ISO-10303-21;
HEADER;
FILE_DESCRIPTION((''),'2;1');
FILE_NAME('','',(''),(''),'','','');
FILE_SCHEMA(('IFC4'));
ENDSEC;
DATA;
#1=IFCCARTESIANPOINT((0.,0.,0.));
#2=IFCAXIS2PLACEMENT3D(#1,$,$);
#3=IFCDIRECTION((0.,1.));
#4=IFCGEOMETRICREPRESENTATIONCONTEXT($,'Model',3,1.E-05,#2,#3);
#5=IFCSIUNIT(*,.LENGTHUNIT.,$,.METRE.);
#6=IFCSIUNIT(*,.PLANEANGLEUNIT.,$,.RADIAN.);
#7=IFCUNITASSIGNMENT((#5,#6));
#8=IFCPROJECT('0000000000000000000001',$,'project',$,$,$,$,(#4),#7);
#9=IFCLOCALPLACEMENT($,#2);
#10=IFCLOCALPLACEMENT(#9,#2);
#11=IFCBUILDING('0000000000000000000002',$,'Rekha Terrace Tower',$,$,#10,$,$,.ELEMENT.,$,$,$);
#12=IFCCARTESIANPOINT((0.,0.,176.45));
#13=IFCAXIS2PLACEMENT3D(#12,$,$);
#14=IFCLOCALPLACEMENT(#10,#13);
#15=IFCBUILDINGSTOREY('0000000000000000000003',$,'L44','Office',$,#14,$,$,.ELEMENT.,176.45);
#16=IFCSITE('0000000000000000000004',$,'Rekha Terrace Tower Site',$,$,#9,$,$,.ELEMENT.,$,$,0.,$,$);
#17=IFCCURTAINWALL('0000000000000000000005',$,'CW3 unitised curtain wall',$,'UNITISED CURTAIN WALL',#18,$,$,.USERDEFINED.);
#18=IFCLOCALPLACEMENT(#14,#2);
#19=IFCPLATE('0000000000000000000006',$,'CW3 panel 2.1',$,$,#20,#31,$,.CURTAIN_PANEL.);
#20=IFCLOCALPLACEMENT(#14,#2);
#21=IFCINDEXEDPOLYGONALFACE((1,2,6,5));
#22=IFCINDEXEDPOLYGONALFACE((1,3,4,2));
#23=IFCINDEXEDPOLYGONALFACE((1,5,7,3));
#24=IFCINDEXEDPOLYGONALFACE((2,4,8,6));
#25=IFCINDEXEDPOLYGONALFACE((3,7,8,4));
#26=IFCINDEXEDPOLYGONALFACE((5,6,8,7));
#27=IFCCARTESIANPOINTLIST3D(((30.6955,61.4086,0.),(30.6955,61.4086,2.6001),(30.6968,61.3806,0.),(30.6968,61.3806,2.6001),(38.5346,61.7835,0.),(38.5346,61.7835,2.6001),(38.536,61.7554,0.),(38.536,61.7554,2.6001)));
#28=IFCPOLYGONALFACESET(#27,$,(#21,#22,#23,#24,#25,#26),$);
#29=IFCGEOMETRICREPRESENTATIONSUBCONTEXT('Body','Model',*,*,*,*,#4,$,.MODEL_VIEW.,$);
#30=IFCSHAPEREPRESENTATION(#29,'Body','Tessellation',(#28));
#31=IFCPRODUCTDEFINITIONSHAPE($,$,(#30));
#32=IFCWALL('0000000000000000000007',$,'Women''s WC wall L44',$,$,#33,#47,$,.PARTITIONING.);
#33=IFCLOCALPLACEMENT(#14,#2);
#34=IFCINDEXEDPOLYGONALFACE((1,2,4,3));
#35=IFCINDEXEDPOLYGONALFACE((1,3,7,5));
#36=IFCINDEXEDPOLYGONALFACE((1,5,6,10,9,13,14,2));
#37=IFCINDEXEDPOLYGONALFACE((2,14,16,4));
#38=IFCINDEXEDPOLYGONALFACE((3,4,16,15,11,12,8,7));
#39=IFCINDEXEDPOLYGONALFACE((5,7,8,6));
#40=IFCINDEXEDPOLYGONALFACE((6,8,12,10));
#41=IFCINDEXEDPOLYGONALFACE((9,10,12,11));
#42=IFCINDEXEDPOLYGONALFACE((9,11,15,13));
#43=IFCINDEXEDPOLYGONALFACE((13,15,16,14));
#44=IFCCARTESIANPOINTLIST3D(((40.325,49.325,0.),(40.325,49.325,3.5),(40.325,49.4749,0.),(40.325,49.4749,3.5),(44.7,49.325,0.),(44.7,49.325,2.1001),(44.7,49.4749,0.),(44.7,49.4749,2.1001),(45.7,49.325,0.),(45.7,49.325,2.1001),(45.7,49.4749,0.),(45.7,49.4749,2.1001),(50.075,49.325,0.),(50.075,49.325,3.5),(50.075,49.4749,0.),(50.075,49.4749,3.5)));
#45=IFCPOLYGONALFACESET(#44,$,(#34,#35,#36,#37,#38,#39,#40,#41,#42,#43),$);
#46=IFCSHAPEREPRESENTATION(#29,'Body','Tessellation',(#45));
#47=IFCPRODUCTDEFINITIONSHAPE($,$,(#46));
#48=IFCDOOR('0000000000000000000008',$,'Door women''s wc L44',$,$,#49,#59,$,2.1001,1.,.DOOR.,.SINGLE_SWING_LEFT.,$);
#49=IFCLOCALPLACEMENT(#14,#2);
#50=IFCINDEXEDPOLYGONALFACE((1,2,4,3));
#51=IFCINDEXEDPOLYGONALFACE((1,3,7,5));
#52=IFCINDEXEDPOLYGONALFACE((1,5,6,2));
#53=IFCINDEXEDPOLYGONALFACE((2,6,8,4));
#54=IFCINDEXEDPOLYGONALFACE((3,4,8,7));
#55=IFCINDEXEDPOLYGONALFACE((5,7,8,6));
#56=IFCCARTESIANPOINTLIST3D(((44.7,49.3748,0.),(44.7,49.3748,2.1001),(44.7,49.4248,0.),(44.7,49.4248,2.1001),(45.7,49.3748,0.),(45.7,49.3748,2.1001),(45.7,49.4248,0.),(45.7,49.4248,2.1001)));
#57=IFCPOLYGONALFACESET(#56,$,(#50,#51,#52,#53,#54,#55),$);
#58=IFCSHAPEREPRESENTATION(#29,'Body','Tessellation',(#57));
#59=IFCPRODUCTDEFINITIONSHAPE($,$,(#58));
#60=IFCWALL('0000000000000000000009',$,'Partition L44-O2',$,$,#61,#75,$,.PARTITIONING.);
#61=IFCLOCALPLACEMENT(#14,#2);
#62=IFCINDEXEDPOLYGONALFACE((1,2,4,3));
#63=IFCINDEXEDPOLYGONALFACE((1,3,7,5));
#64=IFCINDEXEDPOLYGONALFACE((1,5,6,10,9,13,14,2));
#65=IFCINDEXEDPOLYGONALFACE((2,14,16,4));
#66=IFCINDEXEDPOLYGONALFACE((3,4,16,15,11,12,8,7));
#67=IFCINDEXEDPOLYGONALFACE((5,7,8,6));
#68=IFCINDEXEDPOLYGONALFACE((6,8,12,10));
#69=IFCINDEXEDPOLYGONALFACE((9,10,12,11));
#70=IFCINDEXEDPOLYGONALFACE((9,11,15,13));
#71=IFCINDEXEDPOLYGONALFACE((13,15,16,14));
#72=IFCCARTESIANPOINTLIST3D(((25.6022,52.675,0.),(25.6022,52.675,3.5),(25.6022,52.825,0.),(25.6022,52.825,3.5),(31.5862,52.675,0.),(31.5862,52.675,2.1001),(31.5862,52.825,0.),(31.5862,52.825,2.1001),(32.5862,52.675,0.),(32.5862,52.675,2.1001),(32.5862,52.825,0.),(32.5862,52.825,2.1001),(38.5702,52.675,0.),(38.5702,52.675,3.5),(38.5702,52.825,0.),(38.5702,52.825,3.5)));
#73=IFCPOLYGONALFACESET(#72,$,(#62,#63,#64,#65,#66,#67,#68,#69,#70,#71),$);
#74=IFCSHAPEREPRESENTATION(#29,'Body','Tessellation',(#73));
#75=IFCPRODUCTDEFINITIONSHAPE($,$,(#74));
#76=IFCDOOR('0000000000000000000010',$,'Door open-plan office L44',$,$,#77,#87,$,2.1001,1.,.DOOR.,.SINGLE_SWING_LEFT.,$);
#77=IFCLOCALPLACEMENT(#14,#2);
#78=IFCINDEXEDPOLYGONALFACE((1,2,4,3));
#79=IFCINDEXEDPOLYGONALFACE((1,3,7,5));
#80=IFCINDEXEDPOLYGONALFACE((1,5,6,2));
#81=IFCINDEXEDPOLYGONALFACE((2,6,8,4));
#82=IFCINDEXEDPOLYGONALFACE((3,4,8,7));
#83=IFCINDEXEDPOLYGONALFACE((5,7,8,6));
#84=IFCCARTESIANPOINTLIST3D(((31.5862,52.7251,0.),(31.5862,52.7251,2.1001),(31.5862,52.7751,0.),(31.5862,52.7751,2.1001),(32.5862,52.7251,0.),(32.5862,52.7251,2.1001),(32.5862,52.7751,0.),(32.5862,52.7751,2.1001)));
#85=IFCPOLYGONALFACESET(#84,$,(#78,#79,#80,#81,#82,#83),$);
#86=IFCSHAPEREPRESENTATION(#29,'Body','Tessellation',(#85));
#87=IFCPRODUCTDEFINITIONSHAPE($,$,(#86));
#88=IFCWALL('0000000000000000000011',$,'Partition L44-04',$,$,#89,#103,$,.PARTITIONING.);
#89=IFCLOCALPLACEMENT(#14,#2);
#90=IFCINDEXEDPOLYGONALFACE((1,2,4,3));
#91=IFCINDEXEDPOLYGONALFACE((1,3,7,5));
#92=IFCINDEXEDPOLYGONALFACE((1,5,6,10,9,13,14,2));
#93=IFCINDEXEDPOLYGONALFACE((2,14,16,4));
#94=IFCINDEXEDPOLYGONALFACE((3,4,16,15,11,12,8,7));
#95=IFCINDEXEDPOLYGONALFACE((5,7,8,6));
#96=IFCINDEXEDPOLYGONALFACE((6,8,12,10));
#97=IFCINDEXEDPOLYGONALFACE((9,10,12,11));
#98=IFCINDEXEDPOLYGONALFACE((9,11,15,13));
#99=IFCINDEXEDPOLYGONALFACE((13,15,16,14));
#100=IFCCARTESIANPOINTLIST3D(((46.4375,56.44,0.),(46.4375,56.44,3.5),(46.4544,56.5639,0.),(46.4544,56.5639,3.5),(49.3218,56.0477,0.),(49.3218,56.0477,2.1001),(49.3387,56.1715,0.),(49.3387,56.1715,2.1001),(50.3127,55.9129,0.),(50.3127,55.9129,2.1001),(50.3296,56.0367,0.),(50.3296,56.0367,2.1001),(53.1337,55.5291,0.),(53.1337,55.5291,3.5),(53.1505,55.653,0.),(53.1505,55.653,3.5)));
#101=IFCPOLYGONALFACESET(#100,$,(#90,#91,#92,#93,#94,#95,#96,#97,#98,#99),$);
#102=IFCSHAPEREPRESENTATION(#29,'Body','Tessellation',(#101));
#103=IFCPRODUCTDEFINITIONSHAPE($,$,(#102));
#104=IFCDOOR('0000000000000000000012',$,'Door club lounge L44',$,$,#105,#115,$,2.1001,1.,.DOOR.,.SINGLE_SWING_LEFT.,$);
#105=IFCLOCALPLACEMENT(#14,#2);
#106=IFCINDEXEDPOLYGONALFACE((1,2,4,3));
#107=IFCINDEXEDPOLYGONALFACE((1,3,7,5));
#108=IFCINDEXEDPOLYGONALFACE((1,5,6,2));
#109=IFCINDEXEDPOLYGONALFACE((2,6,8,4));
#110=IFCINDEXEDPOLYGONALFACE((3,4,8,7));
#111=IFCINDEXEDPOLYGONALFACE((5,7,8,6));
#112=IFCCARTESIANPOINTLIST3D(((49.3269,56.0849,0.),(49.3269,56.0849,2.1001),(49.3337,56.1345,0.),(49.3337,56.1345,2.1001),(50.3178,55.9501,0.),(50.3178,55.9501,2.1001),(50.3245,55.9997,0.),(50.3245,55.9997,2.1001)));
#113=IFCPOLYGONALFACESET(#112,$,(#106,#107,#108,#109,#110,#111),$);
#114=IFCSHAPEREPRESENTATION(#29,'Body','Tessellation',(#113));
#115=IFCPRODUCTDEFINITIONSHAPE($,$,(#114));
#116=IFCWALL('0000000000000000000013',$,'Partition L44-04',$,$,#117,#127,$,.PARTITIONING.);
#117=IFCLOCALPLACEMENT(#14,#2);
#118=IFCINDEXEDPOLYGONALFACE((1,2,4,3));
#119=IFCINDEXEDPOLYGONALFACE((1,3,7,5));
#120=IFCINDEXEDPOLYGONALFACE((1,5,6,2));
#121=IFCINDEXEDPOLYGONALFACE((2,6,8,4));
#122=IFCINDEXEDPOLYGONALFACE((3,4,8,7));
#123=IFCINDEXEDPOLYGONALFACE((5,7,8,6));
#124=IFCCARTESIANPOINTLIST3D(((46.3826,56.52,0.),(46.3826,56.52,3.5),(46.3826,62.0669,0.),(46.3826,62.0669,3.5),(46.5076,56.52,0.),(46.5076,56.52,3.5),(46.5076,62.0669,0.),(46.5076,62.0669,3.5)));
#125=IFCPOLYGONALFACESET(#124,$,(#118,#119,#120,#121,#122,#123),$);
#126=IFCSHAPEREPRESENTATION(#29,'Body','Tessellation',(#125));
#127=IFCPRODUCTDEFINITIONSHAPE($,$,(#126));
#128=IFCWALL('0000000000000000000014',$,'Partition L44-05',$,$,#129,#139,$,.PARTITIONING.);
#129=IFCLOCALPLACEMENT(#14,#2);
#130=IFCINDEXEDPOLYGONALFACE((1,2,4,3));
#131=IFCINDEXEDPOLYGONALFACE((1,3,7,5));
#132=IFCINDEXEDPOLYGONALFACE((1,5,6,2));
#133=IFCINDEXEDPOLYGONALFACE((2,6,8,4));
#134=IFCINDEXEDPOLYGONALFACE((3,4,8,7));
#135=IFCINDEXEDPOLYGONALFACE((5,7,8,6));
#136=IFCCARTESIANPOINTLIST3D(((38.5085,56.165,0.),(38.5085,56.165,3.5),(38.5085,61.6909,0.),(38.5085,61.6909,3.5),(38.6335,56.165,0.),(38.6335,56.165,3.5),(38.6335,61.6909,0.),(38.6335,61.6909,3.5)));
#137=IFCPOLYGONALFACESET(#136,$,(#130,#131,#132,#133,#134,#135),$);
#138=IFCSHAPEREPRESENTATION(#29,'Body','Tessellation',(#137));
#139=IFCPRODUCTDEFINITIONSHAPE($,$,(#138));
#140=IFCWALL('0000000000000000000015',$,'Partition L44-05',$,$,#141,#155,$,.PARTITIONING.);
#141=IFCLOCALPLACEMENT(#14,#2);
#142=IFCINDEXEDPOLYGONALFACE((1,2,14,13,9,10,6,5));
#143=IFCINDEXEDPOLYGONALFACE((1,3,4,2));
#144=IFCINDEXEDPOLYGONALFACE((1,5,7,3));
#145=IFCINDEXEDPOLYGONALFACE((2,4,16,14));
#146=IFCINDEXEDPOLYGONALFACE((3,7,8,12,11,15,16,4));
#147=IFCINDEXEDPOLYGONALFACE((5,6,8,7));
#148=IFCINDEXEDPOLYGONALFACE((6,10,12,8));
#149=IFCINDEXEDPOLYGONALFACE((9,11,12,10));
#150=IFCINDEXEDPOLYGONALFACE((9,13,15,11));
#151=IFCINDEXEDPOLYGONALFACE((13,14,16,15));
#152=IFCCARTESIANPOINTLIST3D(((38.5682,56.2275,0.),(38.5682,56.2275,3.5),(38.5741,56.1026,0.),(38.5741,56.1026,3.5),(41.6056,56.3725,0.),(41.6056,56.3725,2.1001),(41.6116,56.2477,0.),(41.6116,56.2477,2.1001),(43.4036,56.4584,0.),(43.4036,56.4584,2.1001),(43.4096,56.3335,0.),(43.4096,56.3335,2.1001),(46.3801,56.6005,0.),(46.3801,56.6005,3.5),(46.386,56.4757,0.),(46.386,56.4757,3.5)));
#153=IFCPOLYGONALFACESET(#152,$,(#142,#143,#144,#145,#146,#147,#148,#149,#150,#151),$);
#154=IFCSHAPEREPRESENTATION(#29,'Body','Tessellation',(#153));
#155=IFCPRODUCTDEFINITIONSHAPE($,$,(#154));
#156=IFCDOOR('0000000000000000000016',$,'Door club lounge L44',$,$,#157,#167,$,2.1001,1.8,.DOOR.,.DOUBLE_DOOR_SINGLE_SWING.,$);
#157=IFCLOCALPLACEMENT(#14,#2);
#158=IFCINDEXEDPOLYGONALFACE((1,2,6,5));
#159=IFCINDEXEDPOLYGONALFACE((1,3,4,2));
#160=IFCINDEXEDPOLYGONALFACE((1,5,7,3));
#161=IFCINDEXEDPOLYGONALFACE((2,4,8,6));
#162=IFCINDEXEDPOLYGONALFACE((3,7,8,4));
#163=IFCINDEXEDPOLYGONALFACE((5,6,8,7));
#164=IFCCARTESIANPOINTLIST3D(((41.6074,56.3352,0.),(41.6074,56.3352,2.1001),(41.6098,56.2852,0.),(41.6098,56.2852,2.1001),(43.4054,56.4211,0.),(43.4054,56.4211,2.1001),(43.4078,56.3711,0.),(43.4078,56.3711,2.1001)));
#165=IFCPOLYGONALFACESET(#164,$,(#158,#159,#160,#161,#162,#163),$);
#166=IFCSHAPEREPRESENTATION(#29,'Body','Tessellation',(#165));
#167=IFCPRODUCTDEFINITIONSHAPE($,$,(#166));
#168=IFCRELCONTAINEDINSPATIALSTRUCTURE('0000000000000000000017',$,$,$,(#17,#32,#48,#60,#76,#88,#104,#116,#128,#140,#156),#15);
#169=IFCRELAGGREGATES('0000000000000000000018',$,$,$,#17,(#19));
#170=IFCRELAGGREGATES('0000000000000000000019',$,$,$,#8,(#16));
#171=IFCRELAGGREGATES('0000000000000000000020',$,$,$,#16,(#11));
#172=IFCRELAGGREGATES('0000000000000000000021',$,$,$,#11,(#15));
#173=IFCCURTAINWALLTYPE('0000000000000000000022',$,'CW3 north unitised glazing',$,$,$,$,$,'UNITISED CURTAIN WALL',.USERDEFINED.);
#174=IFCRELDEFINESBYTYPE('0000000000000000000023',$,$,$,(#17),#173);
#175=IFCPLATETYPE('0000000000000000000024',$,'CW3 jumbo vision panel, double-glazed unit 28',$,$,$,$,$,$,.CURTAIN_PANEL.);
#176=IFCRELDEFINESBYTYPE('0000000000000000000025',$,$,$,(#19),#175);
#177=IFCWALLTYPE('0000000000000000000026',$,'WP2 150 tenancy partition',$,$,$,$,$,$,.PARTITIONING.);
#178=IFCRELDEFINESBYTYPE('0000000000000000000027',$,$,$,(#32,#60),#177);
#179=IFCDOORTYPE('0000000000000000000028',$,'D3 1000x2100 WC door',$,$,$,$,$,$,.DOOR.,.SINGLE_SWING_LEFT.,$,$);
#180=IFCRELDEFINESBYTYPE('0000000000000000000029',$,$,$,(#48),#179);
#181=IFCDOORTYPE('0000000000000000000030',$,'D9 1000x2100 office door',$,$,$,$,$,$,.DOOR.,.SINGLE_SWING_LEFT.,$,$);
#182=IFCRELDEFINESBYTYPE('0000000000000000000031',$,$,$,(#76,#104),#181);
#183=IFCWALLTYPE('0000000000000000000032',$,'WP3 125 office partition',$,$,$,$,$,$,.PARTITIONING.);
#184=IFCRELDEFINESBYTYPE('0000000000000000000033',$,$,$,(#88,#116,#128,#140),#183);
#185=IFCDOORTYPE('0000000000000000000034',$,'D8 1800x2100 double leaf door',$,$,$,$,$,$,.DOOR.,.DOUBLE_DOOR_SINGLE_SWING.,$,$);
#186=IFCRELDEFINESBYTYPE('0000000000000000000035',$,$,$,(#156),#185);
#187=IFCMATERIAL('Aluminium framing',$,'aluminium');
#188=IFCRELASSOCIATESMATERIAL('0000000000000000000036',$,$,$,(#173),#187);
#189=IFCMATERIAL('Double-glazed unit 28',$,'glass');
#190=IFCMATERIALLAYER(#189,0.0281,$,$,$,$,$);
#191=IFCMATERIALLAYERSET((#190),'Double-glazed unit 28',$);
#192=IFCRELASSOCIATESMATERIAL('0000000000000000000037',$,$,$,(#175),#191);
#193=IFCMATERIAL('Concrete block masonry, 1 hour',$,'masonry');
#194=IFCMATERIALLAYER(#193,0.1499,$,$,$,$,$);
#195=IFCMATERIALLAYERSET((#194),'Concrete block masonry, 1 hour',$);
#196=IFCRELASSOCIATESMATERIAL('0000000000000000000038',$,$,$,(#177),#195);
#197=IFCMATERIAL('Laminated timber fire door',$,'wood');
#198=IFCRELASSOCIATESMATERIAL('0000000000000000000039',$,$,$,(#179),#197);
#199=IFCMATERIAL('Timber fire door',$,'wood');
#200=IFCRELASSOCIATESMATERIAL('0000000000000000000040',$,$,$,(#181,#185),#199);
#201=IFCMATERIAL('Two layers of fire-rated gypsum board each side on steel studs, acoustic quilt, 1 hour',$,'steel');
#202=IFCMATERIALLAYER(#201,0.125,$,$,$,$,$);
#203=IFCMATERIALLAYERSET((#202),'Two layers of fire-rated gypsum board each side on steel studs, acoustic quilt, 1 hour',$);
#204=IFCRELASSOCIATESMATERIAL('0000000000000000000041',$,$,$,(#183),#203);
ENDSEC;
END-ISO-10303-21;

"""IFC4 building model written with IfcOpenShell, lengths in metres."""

from ifc_helpers import new_model, si_unit, direction, frame, frame_2d, origin, origin_2d, place, context, subcontext, project, spatial, rectangle, extrude, material, layer, layer_set, type_object, element, fill, aggregate, save


model = new_model("IFC4")

# Units and contexts
model_context = context("Model", 3, precision=1e-05, world=origin(), true_north=direction((0.0, 1.0)))
body_context = subcontext(model_context, "Body", "Model", "MODEL_VIEW")
ifc_project = project(units=[si_unit("LENGTHUNIT", "METRE"), si_unit("PLANEANGLEUNIT", "RADIAN")], contexts=[model_context])

# Site, building, storey
site_placement = place(None, origin())
site = spatial("IfcSite", under=ifc_project, at=site_placement, Name="Rekha Terrace Tower Site", CompositionType="ELEMENT", RefElevation=0.0)
building_placement = place(site_placement, origin())
building = spatial("IfcBuilding", under=site, at=building_placement, Name="Rekha Terrace Tower", CompositionType="ELEMENT")
storey_placement = place(building_placement, frame((0.0, 0.0, 176.45)))
storey = spatial("IfcBuildingStorey", under=building, at=storey_placement, Name="L44", Description="Office", CompositionType="ELEMENT", Elevation=176.45)

# Curtain wall
ifc_material_1 = material(Name="Aluminium framing", Category="aluminium")
curtain_wall_type = type_object("IfcCurtainWallType", Name="CW3 north unitised glazing", ElementType="UNITISED CURTAIN WALL", PredefinedType="USERDEFINED", material=ifc_material_1)
curtain_wall_1_placement = place(storey_placement, origin())
curtain_wall_1 = element("IfcCurtainWall", 1, at=curtain_wall_1_placement, inside=storey, type_object=curtain_wall_type, Name="CW3 unitised curtain wall", ObjectType="UNITISED CURTAIN WALL", PredefinedType="USERDEFINED")

# Shared definitions
ifc_material_2 = material(Name="Double-glazed unit 28", Category="glass")
ifc_layer_1 = layer(ifc_material_2, 0.0281)
ifc_layer_set_1 = layer_set([ifc_layer_1], Name="Double-glazed unit 28")
plate_type = type_object("IfcPlateType", Name="CW3 jumbo vision panel, double-glazed unit 28", PredefinedType="CURTAIN_PANEL", material=ifc_layer_set_1)

# Plate
plate_1_placement = place(storey_placement, frame((34.6157, 61.582, 0.0), z_axis=(0.0, 0.0, 1.0), x_axis=(-0.998859, -0.047759, 0.0)))
plate_1 = element("IfcPlate", 2, at=plate_1_placement, type_object=plate_type, Name="CW3 panel 2.1", PredefinedType="CURTAIN_PANEL", context=body_context, shape_type="SweptSolid", body=[
    extrude(rectangle(XDim=7.8481, YDim=0.0281, at=origin_2d()), origin(), (0.0, 0.0, 1.0), 2.6001),
])
aggregate(curtain_wall_1, [plate_1])

# Walls, openings, doors
ifc_material_3 = material(Name="Concrete block masonry, 1 hour", Category="masonry")
ifc_layer_2 = layer(ifc_material_3, 0.1499)
ifc_layer_set_2 = layer_set([ifc_layer_2], Name="Concrete block masonry, 1 hour")
wall_type_1 = type_object("IfcWallType", Name="WP2 150 tenancy partition", PredefinedType="PARTITIONING", material=ifc_layer_set_2)
wall_1_placement = place(storey_placement, frame((40.325, 49.3999, 0.0), z_axis=(0.0, 0.0, 1.0), x_axis=(1.0, 0.0, 0.0)))
wall_1 = element("IfcWall", 3, at=wall_1_placement, inside=storey, type_object=wall_type_1, Name="Women's WC wall L44", PredefinedType="PARTITIONING", context=body_context, shape_type="SweptSolid", body=[
    extrude(rectangle(XDim=9.75, YDim=0.1499, at=frame_2d((4.875, 0.0))), origin(), (0.0, 0.0, 1.0), 3.5),
])
opening_1_placement = place(wall_1_placement, frame((4.375, 0.0, 0.0)))
opening_1 = element("IfcOpeningElement", 4, at=opening_1_placement, cuts=wall_1, PredefinedType="OPENING", context=body_context, shape_type="SweptSolid", body=[
    extrude(rectangle(XDim=1.0, YDim=2.1001, at=frame_2d((0.5, 1.05))), frame((0.0, 0.085, 0.0), z_axis=(0.0, -1.0, 0.0), x_axis=(1.0, 0.0, 0.0)), (0.0, 0.0, 1.0), 0.1699),
])
ifc_material_4 = material(Name="Laminated timber fire door", Category="wood")
door_type_1 = type_object("IfcDoorType", Name="D3 1000x2100 WC door", OperationType="SINGLE_SWING_LEFT", PredefinedType="DOOR", material=ifc_material_4)
door_1_placement = place(opening_1_placement, origin())
door_1 = element("IfcDoor", 5, at=door_1_placement, inside=storey, type_object=door_type_1, Name="Door women's wc L44", OperationType="SINGLE_SWING_LEFT", OverallHeight=2.1001, OverallWidth=1.0, PredefinedType="DOOR", context=body_context, shape_type="SweptSolid", body=[
    extrude(rectangle(XDim=1.0, YDim=2.1001, at=frame_2d((0.5, 1.05))), frame((0.0, 0.0249, 0.0), z_axis=(0.0, -1.0, 0.0), x_axis=(1.0, 0.0, 0.0)), (0.0, 0.0, 1.0), 0.05),
])
fill(opening_1, door_1)
wall_2_placement = place(storey_placement, frame((38.5701, 52.75, 0.0), z_axis=(0.0, 0.0, 1.0), x_axis=(-1.0, 0.0, 0.0)))
wall_2 = element("IfcWall", 6, at=wall_2_placement, inside=storey, type_object=wall_type_1, Name="Partition L44-O2", PredefinedType="PARTITIONING", context=body_context, shape_type="SweptSolid", body=[
    extrude(rectangle(XDim=12.968, YDim=0.1499, at=frame_2d((6.4839, 0.0))), origin(), (0.0, 0.0, 1.0), 3.5),
])
opening_2_placement = place(wall_2_placement, frame((5.9839, 0.0, 0.0)))
opening_2 = element("IfcOpeningElement", 7, at=opening_2_placement, cuts=wall_2, PredefinedType="OPENING", context=body_context, shape_type="SweptSolid", body=[
    extrude(rectangle(XDim=1.0, YDim=2.1001, at=frame_2d((0.5, 1.05))), frame((0.0, 0.085, 0.0), z_axis=(0.0, -1.0, 0.0), x_axis=(1.0, 0.0, 0.0)), (0.0, 0.0, 1.0), 0.1699),
])
ifc_material_5 = material(Name="Timber fire door", Category="wood")
door_type_2 = type_object("IfcDoorType", Name="D9 1000x2100 office door", OperationType="SINGLE_SWING_LEFT", PredefinedType="DOOR", material=ifc_material_5)
door_2_placement = place(opening_2_placement, origin())
door_2 = element("IfcDoor", 8, at=door_2_placement, inside=storey, type_object=door_type_2, Name="Door open-plan office L44", OperationType="SINGLE_SWING_LEFT", OverallHeight=2.1001, OverallWidth=1.0, PredefinedType="DOOR", context=body_context, shape_type="SweptSolid", body=[
    extrude(rectangle(XDim=1.0, YDim=2.1001, at=frame_2d((0.5, 1.05))), frame((0.0, 0.0249, 0.0), z_axis=(0.0, -1.0, 0.0), x_axis=(1.0, 0.0, 0.0)), (0.0, 0.0, 1.0), 0.05),
])
fill(opening_2, door_2)
ifc_material_6 = material(Name="Two layers of fire-rated gypsum board each side on steel studs, acoustic quilt, 1 hour", Category="steel")
ifc_layer_3 = layer(ifc_material_6, 0.125)
ifc_layer_set_3 = layer_set([ifc_layer_3], Name="Two layers of fire-rated gypsum board each side on steel studs, acoustic quilt, 1 hour")
wall_type_2 = type_object("IfcWallType", Name="WP3 125 office partition", PredefinedType="PARTITIONING", material=ifc_layer_set_3)
wall_3_placement = place(storey_placement, frame((53.1421, 55.5911, 0.0), z_axis=(0.0, 0.0, 1.0), x_axis=(-0.990874, 0.134792, 0.0)))
wall_3 = element("IfcWall", 9, at=wall_3_placement, inside=storey, type_object=wall_type_2, Name="Partition L44-04", PredefinedType="PARTITIONING", context=body_context, shape_type="SweptSolid", body=[
    extrude(rectangle(XDim=6.7578, YDim=0.125, at=frame_2d((3.3789, 0.0))), origin(), (0.0, 0.0, 1.0), 3.5),
])
opening_3_placement = place(wall_3_placement, frame((2.8469, 0.0, 0.0)))
opening_3 = element("IfcOpeningElement", 10, at=opening_3_placement, cuts=wall_3, PredefinedType="OPENING", context=body_context, shape_type="SweptSolid", body=[
    extrude(rectangle(XDim=1.0, YDim=2.1001, at=frame_2d((0.5, 1.05))), frame((0.0, 0.0725, 0.0), z_axis=(0.0, -1.0, 0.0), x_axis=(1.0, 0.0, 0.0)), (0.0, 0.0, 1.0), 0.145),
])
door_3_placement = place(opening_3_placement, origin())
door_3 = element("IfcDoor", 11, at=door_3_placement, inside=storey, type_object=door_type_2, Name="Door club lounge L44", OperationType="SINGLE_SWING_LEFT", OverallHeight=2.1001, OverallWidth=1.0, PredefinedType="DOOR", context=body_context, shape_type="SweptSolid", body=[
    extrude(rectangle(XDim=1.0, YDim=2.1001, at=frame_2d((0.5, 1.05))), frame((0.0, 0.0249, 0.0), z_axis=(0.0, -1.0, 0.0), x_axis=(1.0, 0.0, 0.0)), (0.0, 0.0, 1.0), 0.05),
])
fill(opening_3, door_3)

# Walls
wall_4_placement = place(storey_placement, frame((46.4451, 56.52, 0.0), z_axis=(0.0, 0.0, 1.0), x_axis=(0.0, 1.0, 0.0)))
element("IfcWall", 12, at=wall_4_placement, inside=storey, type_object=wall_type_2, Name="Partition L44-04", PredefinedType="PARTITIONING", context=body_context, shape_type="SweptSolid", body=[
    extrude(rectangle(XDim=5.5469, YDim=0.125, at=frame_2d((2.7734, 0.0))), origin(), (0.0, 0.0, 1.0), 3.5),
])
wall_5_placement = place(storey_placement, frame((38.571, 56.165, 0.0), z_axis=(0.0, 0.0, 1.0), x_axis=(0.0, 1.0, 0.0)))
element("IfcWall", 13, at=wall_5_placement, inside=storey, type_object=wall_type_2, Name="Partition L44-05", PredefinedType="PARTITIONING", context=body_context, shape_type="SweptSolid", body=[
    extrude(rectangle(XDim=5.5259, YDim=0.125, at=frame_2d((2.7629, 0.0))), origin(), (0.0, 0.0, 1.0), 3.5),
])

# Wall, opening, door
wall_6_placement = place(storey_placement, frame((46.3831, 56.5381, 0.0), z_axis=(0.0, 0.0, 1.0), x_axis=(-0.998862, -0.047699, 0.0)))
wall_6 = element("IfcWall", 14, at=wall_6_placement, inside=storey, type_object=wall_type_2, Name="Partition L44-05", PredefinedType="PARTITIONING", context=body_context, shape_type="SweptSolid", body=[
    extrude(rectangle(XDim=7.8208, YDim=0.125, at=frame_2d((3.9104, 0.0))), origin(), (0.0, 0.0, 1.0), 3.5),
])
opening_4_placement = place(wall_6_placement, frame((2.98, 0.0, 0.0)))
opening_4 = element("IfcOpeningElement", 15, at=opening_4_placement, cuts=wall_6, PredefinedType="OPENING", context=body_context, shape_type="SweptSolid", body=[
    extrude(rectangle(XDim=1.8, YDim=2.1001, at=frame_2d((0.8999, 1.05))), frame((0.0, 0.0725, 0.0), z_axis=(0.0, -1.0, 0.0), x_axis=(1.0, 0.0, 0.0)), (0.0, 0.0, 1.0), 0.145),
])
door_type_3 = type_object("IfcDoorType", Name="D8 1800x2100 double leaf door", OperationType="DOUBLE_DOOR_SINGLE_SWING", PredefinedType="DOOR", material=ifc_material_5)
door_4_placement = place(opening_4_placement, origin())
door_4 = element("IfcDoor", 16, at=door_4_placement, inside=storey, type_object=door_type_3, Name="Door club lounge L44", OperationType="DOUBLE_DOOR_SINGLE_SWING", OverallHeight=2.1001, OverallWidth=1.8, PredefinedType="DOOR", context=body_context, shape_type="SweptSolid", body=[
    extrude(rectangle(XDim=1.8, YDim=2.1001, at=frame_2d((0.8999, 1.05))), frame((0.0, 0.0249, 0.0), z_axis=(0.0, -1.0, 0.0), x_axis=(1.0, 0.0, 0.0)), (0.0, 0.0, 1.0), 0.05),
])
fill(opening_4, door_4)

save(model, "model.ifc")
